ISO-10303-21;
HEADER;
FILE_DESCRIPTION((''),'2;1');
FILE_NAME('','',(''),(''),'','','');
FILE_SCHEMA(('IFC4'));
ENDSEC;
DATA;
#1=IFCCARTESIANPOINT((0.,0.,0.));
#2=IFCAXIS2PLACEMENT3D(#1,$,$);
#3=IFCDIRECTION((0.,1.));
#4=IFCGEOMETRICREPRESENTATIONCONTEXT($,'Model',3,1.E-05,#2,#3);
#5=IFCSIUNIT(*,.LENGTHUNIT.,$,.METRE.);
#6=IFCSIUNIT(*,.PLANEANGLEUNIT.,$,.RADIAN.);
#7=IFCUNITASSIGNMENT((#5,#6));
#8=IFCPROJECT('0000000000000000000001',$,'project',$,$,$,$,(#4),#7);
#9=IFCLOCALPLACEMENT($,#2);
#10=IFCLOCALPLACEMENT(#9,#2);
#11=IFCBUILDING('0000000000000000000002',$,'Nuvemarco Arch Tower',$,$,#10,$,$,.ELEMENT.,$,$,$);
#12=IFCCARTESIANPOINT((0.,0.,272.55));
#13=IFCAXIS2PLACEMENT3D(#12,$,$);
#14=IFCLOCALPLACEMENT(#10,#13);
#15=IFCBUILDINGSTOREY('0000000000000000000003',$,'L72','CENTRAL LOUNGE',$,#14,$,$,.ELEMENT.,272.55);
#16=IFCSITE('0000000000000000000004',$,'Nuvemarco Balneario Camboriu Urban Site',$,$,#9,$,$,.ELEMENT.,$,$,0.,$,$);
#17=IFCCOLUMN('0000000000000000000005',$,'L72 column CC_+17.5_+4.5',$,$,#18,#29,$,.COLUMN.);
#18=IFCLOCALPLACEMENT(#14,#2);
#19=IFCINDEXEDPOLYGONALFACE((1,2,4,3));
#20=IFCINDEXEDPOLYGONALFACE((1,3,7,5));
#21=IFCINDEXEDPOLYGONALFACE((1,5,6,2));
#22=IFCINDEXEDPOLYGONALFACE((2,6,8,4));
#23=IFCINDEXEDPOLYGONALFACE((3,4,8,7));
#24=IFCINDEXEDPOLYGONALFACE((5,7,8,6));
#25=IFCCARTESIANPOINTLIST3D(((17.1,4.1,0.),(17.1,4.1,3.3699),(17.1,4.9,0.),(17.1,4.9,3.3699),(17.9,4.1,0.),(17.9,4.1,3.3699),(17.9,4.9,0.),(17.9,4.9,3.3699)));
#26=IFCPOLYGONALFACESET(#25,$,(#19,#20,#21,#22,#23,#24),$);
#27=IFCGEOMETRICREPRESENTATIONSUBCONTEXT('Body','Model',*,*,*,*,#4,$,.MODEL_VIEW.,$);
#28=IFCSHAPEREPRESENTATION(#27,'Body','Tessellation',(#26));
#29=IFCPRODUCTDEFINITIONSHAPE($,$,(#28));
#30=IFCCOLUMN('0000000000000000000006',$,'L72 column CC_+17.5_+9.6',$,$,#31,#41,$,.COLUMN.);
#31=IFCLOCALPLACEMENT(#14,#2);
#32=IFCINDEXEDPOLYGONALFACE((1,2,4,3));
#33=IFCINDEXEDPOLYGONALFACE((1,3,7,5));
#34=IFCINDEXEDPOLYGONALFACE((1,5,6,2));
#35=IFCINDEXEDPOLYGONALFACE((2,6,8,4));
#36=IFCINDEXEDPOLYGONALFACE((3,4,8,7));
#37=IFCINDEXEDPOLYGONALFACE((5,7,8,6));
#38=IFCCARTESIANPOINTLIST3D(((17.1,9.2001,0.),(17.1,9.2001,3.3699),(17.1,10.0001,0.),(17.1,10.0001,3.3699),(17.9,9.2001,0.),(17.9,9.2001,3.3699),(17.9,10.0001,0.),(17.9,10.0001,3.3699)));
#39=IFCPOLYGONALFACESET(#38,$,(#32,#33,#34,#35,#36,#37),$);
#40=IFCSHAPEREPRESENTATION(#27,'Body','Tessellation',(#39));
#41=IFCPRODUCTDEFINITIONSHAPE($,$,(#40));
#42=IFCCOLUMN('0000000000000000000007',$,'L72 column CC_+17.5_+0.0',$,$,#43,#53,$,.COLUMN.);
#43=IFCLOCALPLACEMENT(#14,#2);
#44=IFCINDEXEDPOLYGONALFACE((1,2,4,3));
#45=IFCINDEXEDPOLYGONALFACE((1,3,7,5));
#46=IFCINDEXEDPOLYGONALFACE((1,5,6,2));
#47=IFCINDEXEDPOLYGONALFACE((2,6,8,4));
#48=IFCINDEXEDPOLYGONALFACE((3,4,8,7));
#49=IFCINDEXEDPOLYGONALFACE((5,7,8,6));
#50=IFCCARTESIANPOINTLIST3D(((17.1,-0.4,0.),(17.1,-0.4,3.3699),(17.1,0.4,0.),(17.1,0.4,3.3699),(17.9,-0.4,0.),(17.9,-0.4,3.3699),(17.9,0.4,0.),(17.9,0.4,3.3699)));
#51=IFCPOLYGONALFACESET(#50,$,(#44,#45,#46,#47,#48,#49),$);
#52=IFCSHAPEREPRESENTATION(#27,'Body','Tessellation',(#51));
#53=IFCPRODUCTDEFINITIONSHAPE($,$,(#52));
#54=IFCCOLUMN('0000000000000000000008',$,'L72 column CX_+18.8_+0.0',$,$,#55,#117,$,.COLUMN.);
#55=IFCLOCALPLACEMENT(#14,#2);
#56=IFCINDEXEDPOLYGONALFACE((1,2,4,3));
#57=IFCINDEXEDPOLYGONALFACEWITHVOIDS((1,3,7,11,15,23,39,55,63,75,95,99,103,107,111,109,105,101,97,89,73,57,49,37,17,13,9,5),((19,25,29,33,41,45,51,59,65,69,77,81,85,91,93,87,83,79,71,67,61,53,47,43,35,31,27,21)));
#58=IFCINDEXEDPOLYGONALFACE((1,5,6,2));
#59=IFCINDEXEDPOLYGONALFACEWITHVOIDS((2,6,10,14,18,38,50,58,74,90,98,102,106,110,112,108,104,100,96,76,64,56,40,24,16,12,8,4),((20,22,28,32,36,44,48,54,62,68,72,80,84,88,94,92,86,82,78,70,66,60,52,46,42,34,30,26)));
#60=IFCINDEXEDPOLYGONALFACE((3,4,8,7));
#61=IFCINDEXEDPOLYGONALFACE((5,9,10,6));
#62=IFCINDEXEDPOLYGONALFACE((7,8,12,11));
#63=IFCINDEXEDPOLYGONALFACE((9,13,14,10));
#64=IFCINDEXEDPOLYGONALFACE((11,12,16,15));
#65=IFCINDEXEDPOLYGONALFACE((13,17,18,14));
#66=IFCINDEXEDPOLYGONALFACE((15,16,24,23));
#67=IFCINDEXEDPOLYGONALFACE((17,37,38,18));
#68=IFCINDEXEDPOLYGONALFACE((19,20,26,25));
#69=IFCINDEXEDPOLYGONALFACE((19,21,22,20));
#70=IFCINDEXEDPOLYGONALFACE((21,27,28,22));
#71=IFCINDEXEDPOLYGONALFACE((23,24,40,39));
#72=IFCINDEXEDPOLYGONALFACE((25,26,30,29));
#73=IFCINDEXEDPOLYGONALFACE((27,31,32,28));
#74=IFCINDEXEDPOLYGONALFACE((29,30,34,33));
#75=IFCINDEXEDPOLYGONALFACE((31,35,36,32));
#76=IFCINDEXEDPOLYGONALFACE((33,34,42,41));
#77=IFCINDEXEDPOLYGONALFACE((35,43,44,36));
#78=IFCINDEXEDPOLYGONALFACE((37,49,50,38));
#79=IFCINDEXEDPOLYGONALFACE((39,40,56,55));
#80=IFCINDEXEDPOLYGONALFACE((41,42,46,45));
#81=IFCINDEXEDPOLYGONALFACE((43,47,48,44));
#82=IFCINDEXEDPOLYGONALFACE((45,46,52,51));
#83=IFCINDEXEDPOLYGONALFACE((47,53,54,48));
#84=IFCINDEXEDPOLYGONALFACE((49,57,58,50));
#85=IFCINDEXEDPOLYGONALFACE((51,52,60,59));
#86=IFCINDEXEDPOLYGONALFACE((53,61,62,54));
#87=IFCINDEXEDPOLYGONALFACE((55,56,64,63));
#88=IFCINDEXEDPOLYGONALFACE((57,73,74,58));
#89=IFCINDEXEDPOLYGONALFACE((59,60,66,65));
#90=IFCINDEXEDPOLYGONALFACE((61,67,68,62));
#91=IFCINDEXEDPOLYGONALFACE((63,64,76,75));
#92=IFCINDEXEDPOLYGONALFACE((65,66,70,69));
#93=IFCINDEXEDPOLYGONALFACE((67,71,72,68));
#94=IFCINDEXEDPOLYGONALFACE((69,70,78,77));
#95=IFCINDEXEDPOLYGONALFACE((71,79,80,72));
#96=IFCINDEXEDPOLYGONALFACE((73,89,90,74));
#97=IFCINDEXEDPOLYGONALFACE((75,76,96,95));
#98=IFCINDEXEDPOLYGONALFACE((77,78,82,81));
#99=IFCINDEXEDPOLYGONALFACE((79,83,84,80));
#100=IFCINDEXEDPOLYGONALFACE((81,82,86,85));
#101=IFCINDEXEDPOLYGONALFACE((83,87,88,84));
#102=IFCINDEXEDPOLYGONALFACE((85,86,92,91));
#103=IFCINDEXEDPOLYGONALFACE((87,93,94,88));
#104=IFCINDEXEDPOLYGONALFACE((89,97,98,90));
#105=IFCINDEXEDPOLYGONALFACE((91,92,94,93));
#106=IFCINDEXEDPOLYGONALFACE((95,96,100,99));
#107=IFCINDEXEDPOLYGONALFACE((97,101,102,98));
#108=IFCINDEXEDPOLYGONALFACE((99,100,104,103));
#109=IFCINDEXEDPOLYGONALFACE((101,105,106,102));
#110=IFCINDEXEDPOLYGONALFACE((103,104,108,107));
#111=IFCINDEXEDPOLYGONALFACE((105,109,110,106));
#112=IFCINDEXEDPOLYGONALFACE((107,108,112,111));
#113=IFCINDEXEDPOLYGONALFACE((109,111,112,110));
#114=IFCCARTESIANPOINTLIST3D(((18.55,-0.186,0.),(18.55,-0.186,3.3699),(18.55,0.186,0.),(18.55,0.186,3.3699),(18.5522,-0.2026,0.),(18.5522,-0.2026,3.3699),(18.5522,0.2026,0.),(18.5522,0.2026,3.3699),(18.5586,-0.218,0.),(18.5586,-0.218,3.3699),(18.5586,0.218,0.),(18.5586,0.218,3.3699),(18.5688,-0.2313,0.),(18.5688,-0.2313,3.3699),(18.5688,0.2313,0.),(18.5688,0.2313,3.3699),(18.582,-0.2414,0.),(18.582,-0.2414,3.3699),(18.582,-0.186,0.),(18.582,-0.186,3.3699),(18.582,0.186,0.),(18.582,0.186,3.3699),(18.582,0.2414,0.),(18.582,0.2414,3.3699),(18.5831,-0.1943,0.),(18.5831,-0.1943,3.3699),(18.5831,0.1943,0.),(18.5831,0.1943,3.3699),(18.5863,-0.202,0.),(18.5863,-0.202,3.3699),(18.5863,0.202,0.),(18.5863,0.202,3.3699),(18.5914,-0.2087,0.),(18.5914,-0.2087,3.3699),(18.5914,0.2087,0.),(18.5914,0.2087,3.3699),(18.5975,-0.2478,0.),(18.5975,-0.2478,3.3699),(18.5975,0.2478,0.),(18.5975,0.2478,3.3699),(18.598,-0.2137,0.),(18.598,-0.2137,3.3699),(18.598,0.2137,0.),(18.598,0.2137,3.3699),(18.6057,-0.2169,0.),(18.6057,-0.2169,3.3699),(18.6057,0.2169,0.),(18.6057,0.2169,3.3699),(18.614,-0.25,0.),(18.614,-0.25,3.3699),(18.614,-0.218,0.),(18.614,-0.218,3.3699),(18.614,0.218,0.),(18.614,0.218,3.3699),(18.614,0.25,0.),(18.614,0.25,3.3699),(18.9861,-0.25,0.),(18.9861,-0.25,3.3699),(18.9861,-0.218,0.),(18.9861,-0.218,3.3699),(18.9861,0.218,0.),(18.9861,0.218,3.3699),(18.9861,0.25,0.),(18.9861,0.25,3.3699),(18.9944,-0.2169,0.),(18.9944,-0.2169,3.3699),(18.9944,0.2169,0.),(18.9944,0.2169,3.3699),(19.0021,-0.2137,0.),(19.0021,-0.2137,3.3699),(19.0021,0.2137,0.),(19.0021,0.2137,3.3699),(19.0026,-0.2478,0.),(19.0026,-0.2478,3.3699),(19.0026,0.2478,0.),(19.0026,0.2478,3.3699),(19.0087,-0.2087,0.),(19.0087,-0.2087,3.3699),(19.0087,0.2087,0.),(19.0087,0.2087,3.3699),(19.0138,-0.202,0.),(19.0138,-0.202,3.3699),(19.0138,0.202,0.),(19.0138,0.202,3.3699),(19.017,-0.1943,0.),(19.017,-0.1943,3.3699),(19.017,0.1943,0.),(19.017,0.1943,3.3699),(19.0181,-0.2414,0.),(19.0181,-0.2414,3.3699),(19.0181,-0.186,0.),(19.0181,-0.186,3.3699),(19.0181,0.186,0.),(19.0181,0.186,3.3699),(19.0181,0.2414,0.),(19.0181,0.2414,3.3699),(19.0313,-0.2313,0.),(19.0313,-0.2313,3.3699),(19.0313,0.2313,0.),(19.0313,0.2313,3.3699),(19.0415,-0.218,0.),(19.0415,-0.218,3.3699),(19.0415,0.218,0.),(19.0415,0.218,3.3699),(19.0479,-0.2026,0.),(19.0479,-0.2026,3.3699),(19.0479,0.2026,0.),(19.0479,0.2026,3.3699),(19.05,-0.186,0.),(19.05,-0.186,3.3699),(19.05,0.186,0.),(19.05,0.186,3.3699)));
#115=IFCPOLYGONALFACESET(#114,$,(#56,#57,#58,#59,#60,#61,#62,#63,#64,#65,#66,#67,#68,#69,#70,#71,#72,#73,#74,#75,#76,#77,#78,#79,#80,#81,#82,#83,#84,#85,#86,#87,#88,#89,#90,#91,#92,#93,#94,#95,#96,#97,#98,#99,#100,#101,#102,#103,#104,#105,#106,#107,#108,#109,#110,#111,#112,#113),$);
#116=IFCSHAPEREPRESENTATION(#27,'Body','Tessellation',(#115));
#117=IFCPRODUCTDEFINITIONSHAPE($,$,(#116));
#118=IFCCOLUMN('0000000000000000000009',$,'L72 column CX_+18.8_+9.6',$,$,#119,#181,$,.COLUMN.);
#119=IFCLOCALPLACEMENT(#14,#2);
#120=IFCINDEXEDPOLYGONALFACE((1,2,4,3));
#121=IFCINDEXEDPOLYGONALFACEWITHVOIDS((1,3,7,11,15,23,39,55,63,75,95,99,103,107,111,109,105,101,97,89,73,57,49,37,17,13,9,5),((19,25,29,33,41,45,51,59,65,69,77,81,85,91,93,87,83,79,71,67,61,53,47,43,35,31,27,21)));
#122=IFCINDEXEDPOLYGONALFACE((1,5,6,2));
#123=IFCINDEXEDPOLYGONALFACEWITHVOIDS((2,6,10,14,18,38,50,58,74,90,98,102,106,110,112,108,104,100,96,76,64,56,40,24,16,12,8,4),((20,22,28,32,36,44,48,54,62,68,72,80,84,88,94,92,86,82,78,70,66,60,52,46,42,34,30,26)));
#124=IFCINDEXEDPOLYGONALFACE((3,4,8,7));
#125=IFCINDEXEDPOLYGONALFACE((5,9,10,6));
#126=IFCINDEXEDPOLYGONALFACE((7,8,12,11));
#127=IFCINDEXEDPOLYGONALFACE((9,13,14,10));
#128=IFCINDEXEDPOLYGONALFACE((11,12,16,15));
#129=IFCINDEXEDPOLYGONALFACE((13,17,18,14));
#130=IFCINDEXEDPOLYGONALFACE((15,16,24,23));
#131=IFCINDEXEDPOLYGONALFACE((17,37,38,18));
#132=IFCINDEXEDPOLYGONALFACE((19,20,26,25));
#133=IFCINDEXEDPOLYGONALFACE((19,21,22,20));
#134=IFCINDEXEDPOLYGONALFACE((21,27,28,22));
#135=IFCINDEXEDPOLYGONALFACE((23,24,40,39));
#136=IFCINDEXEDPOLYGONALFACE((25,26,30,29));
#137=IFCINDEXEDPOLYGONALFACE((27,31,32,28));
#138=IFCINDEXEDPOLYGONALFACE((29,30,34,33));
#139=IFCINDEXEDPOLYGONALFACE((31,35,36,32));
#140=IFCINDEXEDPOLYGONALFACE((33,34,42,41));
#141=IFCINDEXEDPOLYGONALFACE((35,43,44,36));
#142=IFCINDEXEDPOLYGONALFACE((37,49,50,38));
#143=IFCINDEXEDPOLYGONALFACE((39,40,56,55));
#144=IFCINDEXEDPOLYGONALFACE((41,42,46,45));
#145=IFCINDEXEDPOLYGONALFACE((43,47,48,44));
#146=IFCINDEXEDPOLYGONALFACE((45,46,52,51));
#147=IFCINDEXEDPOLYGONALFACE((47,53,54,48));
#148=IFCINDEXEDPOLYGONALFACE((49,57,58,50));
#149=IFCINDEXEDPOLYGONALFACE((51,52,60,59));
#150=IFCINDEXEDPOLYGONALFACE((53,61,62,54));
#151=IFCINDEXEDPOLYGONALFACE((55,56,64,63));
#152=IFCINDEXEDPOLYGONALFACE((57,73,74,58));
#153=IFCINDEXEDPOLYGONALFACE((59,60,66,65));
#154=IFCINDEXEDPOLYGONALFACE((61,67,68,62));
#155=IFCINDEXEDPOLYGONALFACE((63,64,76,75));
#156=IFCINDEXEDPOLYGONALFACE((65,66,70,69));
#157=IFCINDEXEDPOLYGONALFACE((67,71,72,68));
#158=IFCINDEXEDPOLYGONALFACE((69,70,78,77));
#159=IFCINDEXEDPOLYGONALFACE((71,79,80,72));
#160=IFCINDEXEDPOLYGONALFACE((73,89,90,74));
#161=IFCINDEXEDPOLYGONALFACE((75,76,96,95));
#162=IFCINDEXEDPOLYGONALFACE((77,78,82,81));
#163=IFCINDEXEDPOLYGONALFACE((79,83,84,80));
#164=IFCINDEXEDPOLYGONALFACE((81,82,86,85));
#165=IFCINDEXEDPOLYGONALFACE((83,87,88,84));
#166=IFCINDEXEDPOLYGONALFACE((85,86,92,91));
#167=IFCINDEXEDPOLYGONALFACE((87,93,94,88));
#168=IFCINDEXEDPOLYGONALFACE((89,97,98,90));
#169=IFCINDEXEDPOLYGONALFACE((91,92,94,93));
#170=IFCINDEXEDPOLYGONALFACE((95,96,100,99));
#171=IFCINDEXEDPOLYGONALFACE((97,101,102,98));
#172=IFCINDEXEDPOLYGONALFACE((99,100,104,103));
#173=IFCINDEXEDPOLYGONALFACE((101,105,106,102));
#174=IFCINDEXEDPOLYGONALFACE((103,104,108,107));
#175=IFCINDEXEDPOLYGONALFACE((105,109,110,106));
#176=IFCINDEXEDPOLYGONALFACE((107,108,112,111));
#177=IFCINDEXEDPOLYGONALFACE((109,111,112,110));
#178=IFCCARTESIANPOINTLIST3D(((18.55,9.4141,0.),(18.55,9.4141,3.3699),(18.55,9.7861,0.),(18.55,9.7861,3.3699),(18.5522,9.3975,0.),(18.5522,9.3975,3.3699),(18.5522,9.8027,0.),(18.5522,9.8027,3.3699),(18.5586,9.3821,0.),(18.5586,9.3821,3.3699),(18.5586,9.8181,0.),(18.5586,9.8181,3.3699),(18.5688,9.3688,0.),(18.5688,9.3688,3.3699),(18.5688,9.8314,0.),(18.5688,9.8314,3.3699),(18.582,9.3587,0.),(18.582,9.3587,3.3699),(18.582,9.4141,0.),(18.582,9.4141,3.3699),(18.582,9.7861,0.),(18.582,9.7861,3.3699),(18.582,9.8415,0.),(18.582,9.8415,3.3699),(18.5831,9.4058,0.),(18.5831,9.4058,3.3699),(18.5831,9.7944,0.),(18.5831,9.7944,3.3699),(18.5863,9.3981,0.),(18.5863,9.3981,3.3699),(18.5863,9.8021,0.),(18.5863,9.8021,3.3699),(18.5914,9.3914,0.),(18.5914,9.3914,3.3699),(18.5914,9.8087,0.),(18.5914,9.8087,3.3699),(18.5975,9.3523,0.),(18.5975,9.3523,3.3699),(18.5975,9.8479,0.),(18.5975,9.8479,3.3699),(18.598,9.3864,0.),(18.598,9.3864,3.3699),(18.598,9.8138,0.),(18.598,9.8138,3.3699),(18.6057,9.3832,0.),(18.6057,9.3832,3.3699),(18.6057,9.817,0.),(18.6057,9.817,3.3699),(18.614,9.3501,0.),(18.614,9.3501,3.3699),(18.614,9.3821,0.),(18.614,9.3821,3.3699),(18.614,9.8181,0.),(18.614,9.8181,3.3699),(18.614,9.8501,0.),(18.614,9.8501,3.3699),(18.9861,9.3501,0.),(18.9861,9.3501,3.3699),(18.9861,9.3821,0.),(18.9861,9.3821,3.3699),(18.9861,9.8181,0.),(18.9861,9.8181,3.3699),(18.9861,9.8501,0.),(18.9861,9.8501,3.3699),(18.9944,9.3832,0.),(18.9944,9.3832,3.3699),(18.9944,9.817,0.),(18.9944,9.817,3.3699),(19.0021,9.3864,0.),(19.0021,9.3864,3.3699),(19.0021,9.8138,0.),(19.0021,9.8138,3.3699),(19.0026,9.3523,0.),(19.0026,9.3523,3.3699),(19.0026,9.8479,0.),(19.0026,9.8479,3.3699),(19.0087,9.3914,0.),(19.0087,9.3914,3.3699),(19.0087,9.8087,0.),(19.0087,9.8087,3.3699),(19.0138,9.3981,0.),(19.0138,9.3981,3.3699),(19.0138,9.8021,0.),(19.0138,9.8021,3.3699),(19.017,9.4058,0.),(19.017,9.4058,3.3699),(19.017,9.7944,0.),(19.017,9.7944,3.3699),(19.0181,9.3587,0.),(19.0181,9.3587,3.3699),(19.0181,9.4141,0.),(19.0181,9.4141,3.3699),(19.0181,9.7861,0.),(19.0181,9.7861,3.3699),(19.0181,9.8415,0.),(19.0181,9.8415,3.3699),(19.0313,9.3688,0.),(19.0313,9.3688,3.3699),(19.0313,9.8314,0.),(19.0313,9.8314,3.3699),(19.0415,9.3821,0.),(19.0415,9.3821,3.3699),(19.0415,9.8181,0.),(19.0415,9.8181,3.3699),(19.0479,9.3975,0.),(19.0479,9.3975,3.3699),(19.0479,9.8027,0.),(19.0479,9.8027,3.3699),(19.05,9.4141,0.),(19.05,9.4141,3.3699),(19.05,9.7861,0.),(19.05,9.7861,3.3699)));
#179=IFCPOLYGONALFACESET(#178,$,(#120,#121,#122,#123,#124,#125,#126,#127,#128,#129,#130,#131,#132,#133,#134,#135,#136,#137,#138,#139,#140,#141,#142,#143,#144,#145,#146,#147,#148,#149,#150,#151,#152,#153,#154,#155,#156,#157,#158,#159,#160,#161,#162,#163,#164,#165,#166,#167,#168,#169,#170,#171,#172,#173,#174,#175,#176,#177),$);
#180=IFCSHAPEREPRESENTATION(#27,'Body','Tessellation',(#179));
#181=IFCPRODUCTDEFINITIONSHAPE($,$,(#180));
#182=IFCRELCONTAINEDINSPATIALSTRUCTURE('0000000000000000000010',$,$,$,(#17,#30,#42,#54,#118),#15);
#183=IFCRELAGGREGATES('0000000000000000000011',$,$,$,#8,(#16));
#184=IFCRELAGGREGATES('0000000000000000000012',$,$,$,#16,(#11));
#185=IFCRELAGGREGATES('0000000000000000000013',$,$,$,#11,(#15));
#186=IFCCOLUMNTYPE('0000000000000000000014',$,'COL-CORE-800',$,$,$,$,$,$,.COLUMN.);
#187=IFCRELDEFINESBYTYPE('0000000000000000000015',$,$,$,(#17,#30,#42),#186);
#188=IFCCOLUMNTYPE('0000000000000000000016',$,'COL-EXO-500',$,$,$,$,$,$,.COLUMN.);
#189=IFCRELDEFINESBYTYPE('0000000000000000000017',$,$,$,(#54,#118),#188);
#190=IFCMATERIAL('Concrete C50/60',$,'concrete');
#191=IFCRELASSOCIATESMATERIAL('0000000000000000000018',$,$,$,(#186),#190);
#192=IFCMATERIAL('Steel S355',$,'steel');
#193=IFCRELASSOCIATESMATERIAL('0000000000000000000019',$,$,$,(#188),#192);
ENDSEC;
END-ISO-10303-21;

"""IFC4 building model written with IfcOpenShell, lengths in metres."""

from ifc_helpers import new_model, si_unit, direction, frame, origin, origin_2d, place, context, subcontext, project, spatial, rectangle, hollow_rectangle, extrude, material, material_profile, profile_set, type_object, element, save


model = new_model("IFC4")

# Units and contexts
model_context = context("Model", 3, precision=1e-05, world=origin(), true_north=direction((0.0, 1.0)))
body_context = subcontext(model_context, "Body", "Model", "MODEL_VIEW")
ifc_project = project(units=[si_unit("LENGTHUNIT", "METRE"), si_unit("PLANEANGLEUNIT", "RADIAN")], contexts=[model_context])

# Site, building, storey
site_placement = place(None, origin())
site = spatial("IfcSite", under=ifc_project, at=site_placement, Name="Nuvemarco Balneario Camboriu Urban Site", CompositionType="ELEMENT", RefElevation=0.0)
building_placement = place(site_placement, origin())
building = spatial("IfcBuilding", under=site, at=building_placement, Name="Nuvemarco Arch Tower", CompositionType="ELEMENT")
storey_placement = place(building_placement, frame((0.0, 0.0, 272.55)))
storey = spatial("IfcBuildingStorey", under=building, at=storey_placement, Name="L72", Description="CENTRAL LOUNGE", CompositionType="ELEMENT", Elevation=272.55)

# Columns
ifc_material_1 = material(Name="Concrete C50/60", Category="concrete")
ifc_material_profile_1 = material_profile(ifc_material_1, rectangle(XDim=0.8, YDim=0.8, at=origin_2d()), Name="RC-COL-800x800")
ifc_profile_set_1 = profile_set([ifc_material_profile_1], Name="Concrete C50/60")
column_type_1 = type_object("IfcColumnType", Name="COL-CORE-800", PredefinedType="COLUMN", material=ifc_profile_set_1)
for number, where, z_axis, x_axis, name in (
    (1, (17.5, 4.5, 0.0), (0.0, 0.0, 1.0), (1.0, 0.0, 0.0), "L72 column CC_+17.5_+4.5"),
    (2, (17.5, 9.6001, 0.0), (0.0, 0.0, 1.0), (1.0, 0.0, 0.0), "L72 column CC_+17.5_+9.6"),
    (3, (17.5, 0.0, 0.0), (0.0, 0.0, 1.0), (1.0, 0.0, 0.0), "L72 column CC_+17.5_+0.0"),
):
    element("IfcColumn", number, at=place(storey_placement, frame(where, z_axis=z_axis, x_axis=x_axis)), inside=storey, type_object=column_type_1, Name=name, PredefinedType="COLUMN", context=body_context, shape_type="SweptSolid", body=[
        extrude(rectangle(XDim=0.8, YDim=0.8, at=origin_2d()), origin(), (0.0, 0.0, 1.0), 3.3699),
    ])
ifc_material_2 = material(Name="Steel S355", Category="steel")
ifc_material_profile_2 = material_profile(ifc_material_2, hollow_rectangle(XDim=0.5, YDim=0.5, WallThickness=0.032, InnerFilletRadius=0.032, OuterFilletRadius=0.064, at=origin_2d()), Name="SHS500x500x32")
ifc_profile_set_2 = profile_set([ifc_material_profile_2], Name="Steel S355")
column_type_2 = type_object("IfcColumnType", Name="COL-EXO-500", PredefinedType="COLUMN", material=ifc_profile_set_2)
for number, where, z_axis, x_axis, name in (
    (4, (18.8, 0.0, 0.0), (0.0, 0.0, 1.0), (1.0, 0.0, 0.0), "L72 column CX_+18.8_+0.0"),
    (5, (18.8, 9.6001, 0.0), (0.0, 0.0, 1.0), (1.0, 0.0, 0.0), "L72 column CX_+18.8_+9.6"),
):
    element("IfcColumn", number, at=place(storey_placement, frame(where, z_axis=z_axis, x_axis=x_axis)), inside=storey, type_object=column_type_2, Name=name, PredefinedType="COLUMN", context=body_context, shape_type="SweptSolid", body=[
        extrude(hollow_rectangle(XDim=0.5, YDim=0.5, WallThickness=0.032, InnerFilletRadius=0.032, OuterFilletRadius=0.064, at=origin_2d()), origin(), (0.0, 0.0, 1.0), 3.3699),
    ])

save(model, "model.ifc")
